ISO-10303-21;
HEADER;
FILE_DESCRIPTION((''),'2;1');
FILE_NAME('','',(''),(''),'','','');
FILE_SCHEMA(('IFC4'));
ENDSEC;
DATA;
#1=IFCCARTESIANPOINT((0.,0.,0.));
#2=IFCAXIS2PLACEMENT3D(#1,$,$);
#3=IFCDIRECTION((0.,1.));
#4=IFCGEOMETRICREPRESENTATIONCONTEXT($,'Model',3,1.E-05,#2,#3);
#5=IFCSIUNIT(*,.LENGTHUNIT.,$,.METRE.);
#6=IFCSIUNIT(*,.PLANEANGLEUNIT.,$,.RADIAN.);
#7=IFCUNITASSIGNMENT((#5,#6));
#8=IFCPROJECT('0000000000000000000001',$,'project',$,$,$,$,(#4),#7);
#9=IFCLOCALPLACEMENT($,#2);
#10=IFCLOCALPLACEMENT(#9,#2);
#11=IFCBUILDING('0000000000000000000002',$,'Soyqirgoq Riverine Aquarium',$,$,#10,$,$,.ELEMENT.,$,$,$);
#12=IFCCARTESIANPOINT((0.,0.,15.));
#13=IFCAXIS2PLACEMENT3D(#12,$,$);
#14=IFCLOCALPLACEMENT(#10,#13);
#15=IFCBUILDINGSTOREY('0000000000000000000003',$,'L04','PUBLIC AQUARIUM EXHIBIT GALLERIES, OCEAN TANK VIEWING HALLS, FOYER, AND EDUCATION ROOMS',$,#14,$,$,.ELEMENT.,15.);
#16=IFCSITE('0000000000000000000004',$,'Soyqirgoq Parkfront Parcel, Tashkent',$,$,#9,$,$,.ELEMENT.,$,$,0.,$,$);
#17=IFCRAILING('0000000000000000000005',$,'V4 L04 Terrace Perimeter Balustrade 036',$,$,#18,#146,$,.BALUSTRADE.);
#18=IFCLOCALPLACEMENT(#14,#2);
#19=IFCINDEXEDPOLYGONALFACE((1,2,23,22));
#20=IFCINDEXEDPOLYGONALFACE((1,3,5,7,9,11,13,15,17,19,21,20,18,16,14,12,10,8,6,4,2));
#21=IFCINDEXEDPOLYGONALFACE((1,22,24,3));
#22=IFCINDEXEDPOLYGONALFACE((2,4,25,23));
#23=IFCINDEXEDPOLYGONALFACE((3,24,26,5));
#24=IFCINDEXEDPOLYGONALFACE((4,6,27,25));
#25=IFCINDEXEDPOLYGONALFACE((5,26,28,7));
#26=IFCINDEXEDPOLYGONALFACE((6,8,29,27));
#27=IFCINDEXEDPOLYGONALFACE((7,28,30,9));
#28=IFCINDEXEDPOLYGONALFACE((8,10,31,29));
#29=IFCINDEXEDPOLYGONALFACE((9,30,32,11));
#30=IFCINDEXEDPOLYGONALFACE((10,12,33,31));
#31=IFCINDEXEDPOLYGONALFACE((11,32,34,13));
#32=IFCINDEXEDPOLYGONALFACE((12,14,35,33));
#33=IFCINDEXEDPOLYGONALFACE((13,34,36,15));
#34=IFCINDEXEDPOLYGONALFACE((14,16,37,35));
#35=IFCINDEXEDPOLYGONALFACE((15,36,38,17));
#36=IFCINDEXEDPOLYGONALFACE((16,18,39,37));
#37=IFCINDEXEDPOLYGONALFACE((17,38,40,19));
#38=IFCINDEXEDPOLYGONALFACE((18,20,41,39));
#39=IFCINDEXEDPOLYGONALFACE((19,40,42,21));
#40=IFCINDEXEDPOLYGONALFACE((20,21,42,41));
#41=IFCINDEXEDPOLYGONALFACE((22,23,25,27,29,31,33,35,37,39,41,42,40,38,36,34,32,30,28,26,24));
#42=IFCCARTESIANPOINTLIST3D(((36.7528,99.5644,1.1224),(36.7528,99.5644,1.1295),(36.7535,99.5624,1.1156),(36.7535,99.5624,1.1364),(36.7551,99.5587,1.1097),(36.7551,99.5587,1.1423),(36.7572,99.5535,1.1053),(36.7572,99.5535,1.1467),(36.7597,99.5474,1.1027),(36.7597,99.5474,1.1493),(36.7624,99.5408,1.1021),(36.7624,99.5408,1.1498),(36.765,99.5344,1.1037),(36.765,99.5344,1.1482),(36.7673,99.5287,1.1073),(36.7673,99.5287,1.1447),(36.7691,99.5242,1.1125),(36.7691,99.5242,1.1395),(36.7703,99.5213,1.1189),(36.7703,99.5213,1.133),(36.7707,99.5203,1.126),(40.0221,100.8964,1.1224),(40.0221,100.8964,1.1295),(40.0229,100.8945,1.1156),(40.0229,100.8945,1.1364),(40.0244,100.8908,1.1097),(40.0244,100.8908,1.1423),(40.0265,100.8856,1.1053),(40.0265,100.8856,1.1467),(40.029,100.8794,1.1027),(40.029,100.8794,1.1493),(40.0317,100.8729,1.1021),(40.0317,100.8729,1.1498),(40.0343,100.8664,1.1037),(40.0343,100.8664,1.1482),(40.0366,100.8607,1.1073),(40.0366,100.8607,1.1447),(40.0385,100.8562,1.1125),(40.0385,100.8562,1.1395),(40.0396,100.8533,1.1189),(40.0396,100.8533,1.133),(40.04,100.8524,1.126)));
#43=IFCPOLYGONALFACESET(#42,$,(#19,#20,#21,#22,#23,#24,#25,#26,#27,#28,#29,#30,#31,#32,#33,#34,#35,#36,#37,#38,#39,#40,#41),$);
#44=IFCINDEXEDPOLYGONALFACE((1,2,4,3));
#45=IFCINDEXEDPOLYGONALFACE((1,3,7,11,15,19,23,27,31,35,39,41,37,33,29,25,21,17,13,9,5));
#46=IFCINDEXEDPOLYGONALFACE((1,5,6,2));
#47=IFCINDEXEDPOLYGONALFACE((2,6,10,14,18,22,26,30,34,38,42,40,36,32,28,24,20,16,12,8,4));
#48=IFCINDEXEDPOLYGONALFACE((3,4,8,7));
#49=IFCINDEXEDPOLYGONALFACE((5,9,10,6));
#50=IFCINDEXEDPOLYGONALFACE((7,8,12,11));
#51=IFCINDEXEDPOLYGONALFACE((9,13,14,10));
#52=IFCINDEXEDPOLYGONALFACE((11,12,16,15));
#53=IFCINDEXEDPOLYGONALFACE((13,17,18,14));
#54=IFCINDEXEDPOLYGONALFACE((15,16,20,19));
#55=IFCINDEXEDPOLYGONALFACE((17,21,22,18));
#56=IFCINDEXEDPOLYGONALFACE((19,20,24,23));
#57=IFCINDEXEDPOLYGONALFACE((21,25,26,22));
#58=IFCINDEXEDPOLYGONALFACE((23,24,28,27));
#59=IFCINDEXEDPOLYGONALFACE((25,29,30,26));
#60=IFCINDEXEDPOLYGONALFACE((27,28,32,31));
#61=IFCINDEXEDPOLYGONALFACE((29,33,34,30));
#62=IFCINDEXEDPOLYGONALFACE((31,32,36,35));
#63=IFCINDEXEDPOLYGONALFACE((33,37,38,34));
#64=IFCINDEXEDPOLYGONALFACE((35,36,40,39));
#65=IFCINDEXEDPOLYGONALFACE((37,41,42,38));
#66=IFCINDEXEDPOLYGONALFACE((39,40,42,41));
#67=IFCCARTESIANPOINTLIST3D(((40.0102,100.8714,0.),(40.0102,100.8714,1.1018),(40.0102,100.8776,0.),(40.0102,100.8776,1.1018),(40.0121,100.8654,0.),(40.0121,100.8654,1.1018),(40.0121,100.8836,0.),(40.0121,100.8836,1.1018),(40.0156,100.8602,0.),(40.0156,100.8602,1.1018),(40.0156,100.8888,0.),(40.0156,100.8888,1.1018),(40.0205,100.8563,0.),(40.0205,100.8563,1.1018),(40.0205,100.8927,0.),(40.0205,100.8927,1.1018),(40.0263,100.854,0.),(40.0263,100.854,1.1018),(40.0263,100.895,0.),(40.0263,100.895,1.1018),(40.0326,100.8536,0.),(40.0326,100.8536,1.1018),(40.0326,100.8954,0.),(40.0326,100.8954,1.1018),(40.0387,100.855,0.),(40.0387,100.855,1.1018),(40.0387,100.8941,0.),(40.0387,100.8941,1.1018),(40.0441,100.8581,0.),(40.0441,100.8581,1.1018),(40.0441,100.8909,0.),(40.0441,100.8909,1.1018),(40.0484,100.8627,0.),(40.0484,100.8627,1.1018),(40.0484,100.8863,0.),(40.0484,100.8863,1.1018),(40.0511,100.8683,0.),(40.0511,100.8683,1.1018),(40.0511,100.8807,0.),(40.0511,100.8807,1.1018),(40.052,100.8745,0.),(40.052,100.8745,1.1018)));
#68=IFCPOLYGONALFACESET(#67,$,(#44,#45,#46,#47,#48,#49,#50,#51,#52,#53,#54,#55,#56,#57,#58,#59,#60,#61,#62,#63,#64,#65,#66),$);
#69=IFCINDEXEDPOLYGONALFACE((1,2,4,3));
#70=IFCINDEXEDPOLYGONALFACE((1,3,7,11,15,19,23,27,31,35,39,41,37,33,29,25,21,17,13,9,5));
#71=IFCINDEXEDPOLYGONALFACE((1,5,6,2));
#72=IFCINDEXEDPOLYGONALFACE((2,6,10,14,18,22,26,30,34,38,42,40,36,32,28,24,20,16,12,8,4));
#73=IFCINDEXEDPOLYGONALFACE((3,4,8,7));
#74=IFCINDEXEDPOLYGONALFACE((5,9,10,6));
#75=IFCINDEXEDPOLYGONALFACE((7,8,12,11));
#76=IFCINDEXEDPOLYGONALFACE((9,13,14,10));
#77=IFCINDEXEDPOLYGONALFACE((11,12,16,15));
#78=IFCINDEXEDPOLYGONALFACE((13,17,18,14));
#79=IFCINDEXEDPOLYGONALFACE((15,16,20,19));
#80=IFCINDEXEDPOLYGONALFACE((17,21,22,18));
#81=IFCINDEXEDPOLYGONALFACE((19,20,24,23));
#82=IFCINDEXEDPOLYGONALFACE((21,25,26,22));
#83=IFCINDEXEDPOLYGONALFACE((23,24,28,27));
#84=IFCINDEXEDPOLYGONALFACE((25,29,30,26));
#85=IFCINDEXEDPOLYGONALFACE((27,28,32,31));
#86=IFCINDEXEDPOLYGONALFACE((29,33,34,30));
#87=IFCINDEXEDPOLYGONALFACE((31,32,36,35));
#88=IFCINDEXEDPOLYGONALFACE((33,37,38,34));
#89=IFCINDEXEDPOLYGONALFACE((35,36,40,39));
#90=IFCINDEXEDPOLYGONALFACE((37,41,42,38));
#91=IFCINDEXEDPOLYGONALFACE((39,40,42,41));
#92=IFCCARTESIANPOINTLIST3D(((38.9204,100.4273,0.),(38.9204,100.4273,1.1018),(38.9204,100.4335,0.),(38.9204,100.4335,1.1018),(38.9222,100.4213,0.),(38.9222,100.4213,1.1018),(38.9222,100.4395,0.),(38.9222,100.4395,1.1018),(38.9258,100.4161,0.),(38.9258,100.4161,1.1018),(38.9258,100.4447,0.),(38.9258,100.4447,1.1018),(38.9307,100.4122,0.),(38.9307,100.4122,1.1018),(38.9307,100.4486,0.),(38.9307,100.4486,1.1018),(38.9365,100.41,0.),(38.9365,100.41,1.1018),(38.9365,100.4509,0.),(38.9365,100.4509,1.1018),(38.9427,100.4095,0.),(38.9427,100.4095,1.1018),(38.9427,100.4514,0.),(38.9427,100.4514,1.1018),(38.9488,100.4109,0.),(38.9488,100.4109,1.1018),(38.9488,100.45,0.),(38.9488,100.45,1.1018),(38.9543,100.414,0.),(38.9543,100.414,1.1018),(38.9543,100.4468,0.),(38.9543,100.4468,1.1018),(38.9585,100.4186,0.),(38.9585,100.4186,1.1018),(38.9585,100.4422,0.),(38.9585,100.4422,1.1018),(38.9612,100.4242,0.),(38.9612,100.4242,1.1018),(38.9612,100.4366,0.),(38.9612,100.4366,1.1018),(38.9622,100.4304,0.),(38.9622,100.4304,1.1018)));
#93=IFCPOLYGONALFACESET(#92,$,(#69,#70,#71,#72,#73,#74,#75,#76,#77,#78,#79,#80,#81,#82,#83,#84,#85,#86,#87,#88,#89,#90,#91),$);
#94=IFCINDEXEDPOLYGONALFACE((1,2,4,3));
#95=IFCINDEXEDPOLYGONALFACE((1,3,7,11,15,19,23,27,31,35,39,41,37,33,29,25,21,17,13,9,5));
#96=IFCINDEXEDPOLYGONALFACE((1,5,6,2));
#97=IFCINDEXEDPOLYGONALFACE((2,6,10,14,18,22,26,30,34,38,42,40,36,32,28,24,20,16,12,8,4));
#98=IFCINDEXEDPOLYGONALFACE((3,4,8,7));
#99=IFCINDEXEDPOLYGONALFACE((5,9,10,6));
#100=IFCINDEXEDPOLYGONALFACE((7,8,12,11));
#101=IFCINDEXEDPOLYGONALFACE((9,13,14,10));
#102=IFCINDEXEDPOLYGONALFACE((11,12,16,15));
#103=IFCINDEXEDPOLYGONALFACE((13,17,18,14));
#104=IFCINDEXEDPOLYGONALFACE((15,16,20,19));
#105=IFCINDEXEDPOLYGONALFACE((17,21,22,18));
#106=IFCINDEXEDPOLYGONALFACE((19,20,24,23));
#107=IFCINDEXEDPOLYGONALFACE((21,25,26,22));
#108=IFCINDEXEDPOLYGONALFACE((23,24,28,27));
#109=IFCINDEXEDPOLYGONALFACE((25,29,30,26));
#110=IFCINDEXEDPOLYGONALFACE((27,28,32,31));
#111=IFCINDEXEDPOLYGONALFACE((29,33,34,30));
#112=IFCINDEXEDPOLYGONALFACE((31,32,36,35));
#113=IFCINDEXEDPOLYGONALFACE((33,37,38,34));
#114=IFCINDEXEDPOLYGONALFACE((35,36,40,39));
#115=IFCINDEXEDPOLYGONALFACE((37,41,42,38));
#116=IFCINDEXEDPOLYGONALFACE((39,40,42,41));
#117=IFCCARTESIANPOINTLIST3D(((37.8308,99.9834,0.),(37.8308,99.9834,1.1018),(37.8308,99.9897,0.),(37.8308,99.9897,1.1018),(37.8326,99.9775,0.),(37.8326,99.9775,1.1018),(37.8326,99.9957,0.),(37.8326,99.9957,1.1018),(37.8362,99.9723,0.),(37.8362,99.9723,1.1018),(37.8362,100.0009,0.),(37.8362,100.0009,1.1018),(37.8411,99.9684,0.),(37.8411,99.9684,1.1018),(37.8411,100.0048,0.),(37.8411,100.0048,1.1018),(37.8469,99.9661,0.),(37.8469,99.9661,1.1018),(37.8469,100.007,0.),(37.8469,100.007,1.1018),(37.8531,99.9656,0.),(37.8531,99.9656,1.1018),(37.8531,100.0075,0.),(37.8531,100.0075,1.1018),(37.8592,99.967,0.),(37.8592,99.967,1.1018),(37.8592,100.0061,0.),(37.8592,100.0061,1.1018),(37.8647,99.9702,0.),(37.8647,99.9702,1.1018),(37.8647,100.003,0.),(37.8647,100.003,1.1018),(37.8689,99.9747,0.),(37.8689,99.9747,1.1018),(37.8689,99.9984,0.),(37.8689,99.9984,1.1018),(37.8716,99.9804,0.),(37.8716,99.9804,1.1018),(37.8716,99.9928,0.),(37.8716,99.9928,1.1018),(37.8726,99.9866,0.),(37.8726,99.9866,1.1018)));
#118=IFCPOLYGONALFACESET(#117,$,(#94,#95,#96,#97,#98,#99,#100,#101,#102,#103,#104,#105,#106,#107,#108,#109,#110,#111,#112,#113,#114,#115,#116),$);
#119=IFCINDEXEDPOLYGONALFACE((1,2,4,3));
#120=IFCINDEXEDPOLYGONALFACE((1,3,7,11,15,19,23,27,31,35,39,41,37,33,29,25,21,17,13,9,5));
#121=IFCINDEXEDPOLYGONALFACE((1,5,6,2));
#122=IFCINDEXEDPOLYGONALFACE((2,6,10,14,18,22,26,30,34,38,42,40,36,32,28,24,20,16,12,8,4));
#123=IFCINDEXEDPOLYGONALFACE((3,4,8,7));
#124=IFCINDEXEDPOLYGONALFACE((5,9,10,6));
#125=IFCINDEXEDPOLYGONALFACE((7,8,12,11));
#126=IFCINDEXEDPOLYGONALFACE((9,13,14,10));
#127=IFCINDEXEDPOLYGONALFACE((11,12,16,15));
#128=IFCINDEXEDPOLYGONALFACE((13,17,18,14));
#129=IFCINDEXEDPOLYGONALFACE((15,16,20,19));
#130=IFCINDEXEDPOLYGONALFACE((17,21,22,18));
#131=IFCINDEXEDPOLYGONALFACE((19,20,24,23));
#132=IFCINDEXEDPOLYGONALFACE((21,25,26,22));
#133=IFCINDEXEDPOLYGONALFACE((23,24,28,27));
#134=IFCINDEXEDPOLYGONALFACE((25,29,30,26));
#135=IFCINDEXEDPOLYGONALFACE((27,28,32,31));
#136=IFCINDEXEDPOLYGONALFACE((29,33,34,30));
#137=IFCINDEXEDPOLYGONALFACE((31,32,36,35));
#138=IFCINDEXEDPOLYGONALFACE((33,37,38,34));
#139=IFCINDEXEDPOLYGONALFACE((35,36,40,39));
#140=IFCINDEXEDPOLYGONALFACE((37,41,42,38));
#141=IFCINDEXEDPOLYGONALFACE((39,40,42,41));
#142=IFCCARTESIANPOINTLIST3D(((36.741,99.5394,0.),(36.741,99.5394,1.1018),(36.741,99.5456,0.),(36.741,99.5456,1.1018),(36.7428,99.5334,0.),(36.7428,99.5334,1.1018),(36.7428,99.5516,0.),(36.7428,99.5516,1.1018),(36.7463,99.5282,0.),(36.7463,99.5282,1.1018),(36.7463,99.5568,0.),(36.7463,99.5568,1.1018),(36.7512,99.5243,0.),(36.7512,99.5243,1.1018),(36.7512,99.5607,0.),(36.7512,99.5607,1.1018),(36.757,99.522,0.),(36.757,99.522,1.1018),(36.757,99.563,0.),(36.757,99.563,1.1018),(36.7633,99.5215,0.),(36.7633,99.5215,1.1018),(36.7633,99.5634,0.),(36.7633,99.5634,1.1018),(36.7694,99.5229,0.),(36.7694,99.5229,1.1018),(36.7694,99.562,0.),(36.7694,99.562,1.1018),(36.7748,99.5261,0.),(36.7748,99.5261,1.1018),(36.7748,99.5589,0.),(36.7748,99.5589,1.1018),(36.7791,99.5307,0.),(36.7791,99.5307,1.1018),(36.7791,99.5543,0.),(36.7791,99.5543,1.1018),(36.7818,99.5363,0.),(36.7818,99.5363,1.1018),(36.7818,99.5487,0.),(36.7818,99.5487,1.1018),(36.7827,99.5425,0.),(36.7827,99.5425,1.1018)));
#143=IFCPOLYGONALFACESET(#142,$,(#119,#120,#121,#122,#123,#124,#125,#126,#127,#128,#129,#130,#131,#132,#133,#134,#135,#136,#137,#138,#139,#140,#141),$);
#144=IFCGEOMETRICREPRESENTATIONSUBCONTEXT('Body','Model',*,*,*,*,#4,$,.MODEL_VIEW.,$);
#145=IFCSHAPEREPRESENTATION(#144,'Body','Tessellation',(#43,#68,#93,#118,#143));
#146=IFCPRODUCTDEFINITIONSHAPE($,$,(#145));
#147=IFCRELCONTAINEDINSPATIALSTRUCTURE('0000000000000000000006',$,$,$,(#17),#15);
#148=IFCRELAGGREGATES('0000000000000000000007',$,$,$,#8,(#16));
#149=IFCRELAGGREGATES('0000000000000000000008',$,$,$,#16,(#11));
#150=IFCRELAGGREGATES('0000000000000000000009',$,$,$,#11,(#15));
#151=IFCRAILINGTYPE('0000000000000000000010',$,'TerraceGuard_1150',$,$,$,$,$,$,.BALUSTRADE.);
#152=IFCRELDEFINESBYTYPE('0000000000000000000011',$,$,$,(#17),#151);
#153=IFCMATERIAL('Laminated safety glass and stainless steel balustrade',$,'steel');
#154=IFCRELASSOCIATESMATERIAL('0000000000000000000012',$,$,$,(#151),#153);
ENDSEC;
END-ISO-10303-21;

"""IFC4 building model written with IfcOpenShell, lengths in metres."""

from ifc_helpers import new_model, si_unit, direction, frame, origin, origin_2d, place, context, subcontext, project, spatial, circle, extrude, material, type_object, element, save


model = new_model("IFC4")

# Units and contexts
model_context = context("Model", 3, precision=1e-05, world=origin(), true_north=direction((0.0, 1.0)))
body_context = subcontext(model_context, "Body", "Model", "MODEL_VIEW")
ifc_project = project(units=[si_unit("LENGTHUNIT", "METRE"), si_unit("PLANEANGLEUNIT", "RADIAN")], contexts=[model_context])

# Site, building, storey
site_placement = place(None, origin())
site = spatial("IfcSite", under=ifc_project, at=site_placement, Name="Soyqirgoq Parkfront Parcel, Tashkent", CompositionType="ELEMENT", RefElevation=0.0)
building_placement = place(site_placement, origin())
building = spatial("IfcBuilding", under=site, at=building_placement, Name="Soyqirgoq Riverine Aquarium", CompositionType="ELEMENT")
storey_placement = place(building_placement, frame((0.0, 0.0, 15.0)))
storey = spatial("IfcBuildingStorey", under=building, at=storey_placement, Name="L04", Description="PUBLIC AQUARIUM EXHIBIT GALLERIES, OCEAN TANK VIEWING HALLS, FOYER, AND EDUCATION ROOMS", CompositionType="ELEMENT", Elevation=15.0)

# Railing
ifc_material_1 = material(Name="Laminated safety glass and stainless steel balustrade", Category="steel")
railing_type = type_object("IfcRailingType", Name="TerraceGuard_1150", PredefinedType="BALUSTRADE", material=ifc_material_1)
railing_1_placement = place(storey_placement, frame((40.031, 100.8745, 0.0)))
element("IfcRailing", 1, at=railing_1_placement, inside=storey, type_object=railing_type, Name="V4 L04 Terrace Perimeter Balustrade 036", PredefinedType="BALUSTRADE", context=body_context, shape_type="SweptSolid", body=[
    extrude(circle(Radius=0.0239, at=origin_2d()), frame((0.0, 0.0, 1.126), z_axis=(-0.926083, -0.377321, 0.0), x_axis=(0.377321, -0.926083, 0.0)), (0.0, 0.0, 1.0), 3.5303),
    extrude(circle(Radius=0.021, at=origin_2d()), origin(), (0.0, 0.0, 1.0), 1.1018),
    extrude(circle(Radius=0.021, at=origin_2d()), frame((-1.0898, -0.4441, 0.0)), (0.0, 0.0, 1.0), 1.1018),
    extrude(circle(Radius=0.021, at=origin_2d()), frame((-2.1794, -0.8879, 0.0)), (0.0, 0.0, 1.0), 1.1018),
    extrude(circle(Radius=0.021, at=origin_2d()), frame((-3.2693, -1.332, 0.0)), (0.0, 0.0, 1.0), 1.1018),
])

save(model, "model.ifc")
